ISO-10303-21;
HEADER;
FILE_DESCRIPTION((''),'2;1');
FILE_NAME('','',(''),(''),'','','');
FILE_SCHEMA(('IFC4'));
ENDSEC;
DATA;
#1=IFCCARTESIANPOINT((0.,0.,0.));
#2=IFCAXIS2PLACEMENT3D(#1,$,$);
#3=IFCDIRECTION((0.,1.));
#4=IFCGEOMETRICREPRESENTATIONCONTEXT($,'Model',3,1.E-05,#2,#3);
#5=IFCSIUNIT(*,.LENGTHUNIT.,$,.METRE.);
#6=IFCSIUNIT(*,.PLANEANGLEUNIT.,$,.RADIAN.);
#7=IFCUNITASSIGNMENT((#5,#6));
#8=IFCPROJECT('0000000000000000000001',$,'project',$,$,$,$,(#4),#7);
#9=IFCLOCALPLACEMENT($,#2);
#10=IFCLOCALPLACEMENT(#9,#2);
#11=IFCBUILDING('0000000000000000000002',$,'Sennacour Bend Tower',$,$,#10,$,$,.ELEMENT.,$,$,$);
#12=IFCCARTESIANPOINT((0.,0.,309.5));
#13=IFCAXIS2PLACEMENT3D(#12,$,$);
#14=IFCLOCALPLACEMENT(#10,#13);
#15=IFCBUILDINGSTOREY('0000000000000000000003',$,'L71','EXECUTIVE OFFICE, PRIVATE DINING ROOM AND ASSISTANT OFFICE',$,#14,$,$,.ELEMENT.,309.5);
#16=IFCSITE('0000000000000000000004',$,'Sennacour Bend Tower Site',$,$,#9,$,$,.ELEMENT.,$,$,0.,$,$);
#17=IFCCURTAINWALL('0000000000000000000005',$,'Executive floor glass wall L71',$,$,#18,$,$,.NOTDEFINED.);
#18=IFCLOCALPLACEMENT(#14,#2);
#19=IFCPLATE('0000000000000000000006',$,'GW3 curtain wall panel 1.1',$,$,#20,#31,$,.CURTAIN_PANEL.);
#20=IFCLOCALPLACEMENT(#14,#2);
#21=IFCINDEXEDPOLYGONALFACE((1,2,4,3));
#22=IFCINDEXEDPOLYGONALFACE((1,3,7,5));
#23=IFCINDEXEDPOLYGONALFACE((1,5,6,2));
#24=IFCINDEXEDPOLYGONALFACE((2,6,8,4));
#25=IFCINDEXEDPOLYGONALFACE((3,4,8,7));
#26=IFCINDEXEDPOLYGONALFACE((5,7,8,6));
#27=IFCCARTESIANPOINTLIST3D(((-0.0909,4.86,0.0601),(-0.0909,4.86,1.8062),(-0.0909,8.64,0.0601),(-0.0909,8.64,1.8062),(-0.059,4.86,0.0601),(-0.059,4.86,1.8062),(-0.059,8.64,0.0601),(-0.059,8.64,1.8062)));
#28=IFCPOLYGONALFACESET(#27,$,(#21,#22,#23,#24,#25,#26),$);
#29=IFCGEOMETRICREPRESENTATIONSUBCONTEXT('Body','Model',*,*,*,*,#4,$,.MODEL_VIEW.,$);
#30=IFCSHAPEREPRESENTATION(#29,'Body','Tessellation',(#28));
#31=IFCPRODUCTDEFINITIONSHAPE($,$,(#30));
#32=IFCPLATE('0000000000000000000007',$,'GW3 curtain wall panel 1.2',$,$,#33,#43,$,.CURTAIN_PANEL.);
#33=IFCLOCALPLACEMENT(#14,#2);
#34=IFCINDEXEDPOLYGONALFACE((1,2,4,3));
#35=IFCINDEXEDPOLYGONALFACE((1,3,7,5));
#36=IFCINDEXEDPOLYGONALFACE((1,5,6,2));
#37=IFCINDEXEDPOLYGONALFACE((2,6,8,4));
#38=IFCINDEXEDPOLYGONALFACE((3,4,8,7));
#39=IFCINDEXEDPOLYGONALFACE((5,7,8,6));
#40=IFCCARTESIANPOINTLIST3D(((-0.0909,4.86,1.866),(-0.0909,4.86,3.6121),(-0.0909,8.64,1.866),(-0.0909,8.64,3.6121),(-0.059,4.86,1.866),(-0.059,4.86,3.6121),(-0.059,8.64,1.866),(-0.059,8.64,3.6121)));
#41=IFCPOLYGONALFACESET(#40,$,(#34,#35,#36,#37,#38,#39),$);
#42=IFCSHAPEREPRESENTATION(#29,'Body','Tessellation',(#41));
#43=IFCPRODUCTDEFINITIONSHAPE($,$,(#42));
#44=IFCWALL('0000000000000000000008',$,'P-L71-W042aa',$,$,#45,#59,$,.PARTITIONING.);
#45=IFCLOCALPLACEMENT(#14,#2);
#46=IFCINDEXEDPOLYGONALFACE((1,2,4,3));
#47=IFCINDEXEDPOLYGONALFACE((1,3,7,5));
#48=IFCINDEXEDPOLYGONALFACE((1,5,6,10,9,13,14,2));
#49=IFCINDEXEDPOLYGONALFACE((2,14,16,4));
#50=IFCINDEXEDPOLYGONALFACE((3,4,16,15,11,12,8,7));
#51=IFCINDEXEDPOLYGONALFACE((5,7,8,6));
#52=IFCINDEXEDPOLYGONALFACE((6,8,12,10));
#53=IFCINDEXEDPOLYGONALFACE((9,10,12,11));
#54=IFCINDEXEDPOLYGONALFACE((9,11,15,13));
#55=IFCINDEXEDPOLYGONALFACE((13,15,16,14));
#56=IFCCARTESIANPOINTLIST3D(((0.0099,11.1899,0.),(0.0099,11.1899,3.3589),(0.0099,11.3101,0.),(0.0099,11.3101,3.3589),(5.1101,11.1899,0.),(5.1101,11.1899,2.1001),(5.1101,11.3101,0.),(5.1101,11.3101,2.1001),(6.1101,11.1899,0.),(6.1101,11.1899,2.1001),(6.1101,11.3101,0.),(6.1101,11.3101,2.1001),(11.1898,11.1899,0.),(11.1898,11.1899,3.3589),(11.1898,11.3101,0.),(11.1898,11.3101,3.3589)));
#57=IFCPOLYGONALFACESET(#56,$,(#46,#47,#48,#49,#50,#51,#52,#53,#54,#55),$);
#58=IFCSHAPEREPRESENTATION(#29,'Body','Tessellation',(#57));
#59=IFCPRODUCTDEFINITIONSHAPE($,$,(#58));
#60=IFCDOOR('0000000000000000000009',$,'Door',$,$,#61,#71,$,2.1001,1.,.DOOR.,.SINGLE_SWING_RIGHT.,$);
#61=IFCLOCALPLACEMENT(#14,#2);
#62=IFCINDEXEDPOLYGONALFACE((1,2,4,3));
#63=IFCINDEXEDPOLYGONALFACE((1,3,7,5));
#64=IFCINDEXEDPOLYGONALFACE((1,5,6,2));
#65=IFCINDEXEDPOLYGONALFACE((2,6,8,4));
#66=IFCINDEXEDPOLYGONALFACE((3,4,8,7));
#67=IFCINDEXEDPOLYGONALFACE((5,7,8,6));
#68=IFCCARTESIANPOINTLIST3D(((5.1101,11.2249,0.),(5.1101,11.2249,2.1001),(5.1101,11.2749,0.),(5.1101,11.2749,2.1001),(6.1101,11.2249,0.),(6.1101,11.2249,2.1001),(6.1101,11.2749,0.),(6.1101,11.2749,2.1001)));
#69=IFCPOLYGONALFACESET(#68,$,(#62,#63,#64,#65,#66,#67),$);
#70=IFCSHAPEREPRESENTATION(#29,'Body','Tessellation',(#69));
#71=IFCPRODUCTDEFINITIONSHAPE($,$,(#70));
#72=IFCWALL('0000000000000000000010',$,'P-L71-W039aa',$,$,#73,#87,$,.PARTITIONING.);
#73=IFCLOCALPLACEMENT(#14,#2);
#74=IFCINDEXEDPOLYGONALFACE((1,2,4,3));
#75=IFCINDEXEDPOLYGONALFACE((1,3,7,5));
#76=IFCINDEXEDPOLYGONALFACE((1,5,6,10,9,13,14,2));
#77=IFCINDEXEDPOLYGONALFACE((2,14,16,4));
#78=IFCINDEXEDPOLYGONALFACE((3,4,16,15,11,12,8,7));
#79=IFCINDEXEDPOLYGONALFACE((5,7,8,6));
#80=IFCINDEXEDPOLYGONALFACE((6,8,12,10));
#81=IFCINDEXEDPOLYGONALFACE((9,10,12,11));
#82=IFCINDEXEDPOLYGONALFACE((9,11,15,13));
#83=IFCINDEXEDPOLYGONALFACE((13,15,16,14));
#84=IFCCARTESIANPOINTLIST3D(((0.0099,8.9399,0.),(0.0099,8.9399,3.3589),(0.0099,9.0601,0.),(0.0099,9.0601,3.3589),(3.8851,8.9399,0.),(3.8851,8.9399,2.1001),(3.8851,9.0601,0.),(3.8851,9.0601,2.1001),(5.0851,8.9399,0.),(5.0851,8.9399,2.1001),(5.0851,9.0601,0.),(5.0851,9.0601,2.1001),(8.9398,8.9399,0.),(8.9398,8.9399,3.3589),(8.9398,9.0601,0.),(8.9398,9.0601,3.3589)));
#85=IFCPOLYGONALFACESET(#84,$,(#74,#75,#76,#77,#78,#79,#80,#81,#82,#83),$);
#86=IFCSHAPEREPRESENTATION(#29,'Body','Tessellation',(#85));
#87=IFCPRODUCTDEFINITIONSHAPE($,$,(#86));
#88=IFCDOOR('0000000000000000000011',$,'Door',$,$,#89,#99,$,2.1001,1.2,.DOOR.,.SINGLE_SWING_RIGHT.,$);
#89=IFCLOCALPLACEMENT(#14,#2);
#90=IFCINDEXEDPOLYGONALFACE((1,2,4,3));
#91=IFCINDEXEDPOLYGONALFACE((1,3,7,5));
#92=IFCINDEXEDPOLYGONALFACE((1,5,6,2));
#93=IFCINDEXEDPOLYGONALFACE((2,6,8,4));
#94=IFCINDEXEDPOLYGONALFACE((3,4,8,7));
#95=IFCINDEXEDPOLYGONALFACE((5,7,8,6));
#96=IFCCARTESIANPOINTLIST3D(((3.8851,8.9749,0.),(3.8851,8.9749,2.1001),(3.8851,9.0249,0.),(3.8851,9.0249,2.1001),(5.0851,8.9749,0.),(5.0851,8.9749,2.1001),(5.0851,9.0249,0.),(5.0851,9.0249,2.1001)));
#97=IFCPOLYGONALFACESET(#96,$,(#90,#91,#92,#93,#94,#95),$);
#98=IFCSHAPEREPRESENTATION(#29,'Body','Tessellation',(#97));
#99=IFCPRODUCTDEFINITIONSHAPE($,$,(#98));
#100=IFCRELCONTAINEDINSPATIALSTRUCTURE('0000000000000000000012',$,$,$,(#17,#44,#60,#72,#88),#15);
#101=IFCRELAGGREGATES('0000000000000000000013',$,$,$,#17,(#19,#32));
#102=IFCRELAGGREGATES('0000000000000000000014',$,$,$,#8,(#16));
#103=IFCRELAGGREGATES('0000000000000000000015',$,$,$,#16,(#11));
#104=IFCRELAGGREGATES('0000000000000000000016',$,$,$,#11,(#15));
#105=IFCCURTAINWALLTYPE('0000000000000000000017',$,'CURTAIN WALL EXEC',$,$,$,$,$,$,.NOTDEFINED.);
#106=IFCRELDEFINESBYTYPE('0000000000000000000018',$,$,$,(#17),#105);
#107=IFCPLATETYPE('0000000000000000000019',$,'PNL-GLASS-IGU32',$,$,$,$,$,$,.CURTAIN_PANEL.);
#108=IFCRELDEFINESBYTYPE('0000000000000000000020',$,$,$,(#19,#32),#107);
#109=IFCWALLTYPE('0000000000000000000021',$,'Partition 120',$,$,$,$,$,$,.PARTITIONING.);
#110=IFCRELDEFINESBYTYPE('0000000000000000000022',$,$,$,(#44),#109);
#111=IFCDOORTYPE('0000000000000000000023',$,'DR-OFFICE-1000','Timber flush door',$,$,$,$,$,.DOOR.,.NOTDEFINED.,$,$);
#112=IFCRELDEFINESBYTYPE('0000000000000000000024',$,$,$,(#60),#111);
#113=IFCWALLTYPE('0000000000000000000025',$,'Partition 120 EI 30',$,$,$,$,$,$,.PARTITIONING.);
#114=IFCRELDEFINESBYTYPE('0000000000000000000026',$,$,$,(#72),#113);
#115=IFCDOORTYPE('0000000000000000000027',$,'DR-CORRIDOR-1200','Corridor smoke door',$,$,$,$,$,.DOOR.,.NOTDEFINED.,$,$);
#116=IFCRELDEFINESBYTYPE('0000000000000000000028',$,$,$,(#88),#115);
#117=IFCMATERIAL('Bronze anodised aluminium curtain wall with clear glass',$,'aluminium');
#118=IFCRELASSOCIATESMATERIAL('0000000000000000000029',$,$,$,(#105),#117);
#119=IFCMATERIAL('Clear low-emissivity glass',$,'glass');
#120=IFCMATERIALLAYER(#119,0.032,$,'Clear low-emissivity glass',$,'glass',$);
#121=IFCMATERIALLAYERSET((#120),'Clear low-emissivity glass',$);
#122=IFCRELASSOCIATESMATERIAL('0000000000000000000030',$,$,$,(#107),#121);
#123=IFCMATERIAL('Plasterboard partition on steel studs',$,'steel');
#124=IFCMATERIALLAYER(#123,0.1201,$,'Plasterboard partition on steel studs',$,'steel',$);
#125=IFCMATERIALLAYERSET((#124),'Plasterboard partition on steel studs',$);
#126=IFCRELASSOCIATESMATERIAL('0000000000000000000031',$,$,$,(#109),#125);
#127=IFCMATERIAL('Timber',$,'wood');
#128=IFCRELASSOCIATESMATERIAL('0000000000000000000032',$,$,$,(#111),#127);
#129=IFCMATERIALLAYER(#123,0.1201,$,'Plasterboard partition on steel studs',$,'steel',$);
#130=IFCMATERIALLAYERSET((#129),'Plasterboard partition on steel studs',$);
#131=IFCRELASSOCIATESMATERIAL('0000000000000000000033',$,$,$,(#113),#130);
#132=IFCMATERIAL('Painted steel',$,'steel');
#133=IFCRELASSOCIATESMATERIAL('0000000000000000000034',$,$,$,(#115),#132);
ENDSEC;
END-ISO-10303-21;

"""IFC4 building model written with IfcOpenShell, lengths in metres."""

from ifc_helpers import new_model, si_unit, direction, frame, frame_2d, origin, origin_2d, place, context, subcontext, project, spatial, rectangle, extrude, material, layer, layer_set, type_object, element, fill, aggregate, save


model = new_model("IFC4")

# Units and contexts
model_context = context("Model", 3, precision=1e-05, world=origin(), true_north=direction((0.0, 1.0)))
body_context = subcontext(model_context, "Body", "Model", "MODEL_VIEW")
ifc_project = project(units=[si_unit("LENGTHUNIT", "METRE"), si_unit("PLANEANGLEUNIT", "RADIAN")], contexts=[model_context])

# Site, building, storey
site_placement = place(None, origin())
site = spatial("IfcSite", under=ifc_project, at=site_placement, Name="Sennacour Bend Tower Site", CompositionType="ELEMENT", RefElevation=0.0)
building_placement = place(site_placement, origin())
building = spatial("IfcBuilding", under=site, at=building_placement, Name="Sennacour Bend Tower", CompositionType="ELEMENT")
storey_placement = place(building_placement, frame((0.0, 0.0, 309.5)))
storey = spatial("IfcBuildingStorey", under=building, at=storey_placement, Name="L71", Description="EXECUTIVE OFFICE, PRIVATE DINING ROOM AND ASSISTANT OFFICE", CompositionType="ELEMENT", Elevation=309.5)

# Shared definitions
ifc_material_1 = material(Name="Bronze anodised aluminium curtain wall with clear glass", Category="aluminium")
curtain_wall_type = type_object("IfcCurtainWallType", Name="CURTAIN WALL EXEC", PredefinedType="NOTDEFINED", material=ifc_material_1)

# Curtain wall
curtain_wall_1_placement = place(storey_placement, origin())
curtain_wall_1 = element("IfcCurtainWall", 1, at=curtain_wall_1_placement, inside=storey, type_object=curtain_wall_type, Name="Executive floor glass wall L71", PredefinedType="NOTDEFINED")

# Plates
ifc_material_2 = material(Name="Clear low-emissivity glass", Category="glass")
ifc_layer_1 = layer(ifc_material_2, 0.032, Name="Clear low-emissivity glass", Category="glass")
ifc_layer_set_1 = layer_set([ifc_layer_1], Name="Clear low-emissivity glass")
plate_type = type_object("IfcPlateType", Name="PNL-GLASS-IGU32", PredefinedType="CURTAIN_PANEL", material=ifc_layer_set_1)
plate_1_placement = place(storey_placement, frame((-0.075, 6.75, 0.0601), z_axis=(0.0, 0.0, 1.0), x_axis=(0.0, -1.0, 0.0)))
plate_1 = element("IfcPlate", 2, at=plate_1_placement, type_object=plate_type, Name="GW3 curtain wall panel 1.1", PredefinedType="CURTAIN_PANEL", context=body_context, shape_type="SweptSolid", body=[
    extrude(rectangle(XDim=3.78, YDim=0.032, at=origin_2d()), origin(), (0.0, 0.0, 1.0), 1.7461),
])
plate_2_placement = place(storey_placement, frame((-0.075, 6.75, 1.866), z_axis=(0.0, 0.0, 1.0), x_axis=(0.0, -1.0, 0.0)))
plate_2 = element("IfcPlate", 3, at=plate_2_placement, type_object=plate_type, Name="GW3 curtain wall panel 1.2", PredefinedType="CURTAIN_PANEL", context=body_context, shape_type="SweptSolid", body=[
    extrude(rectangle(XDim=3.78, YDim=0.032, at=origin_2d()), origin(), (0.0, 0.0, 1.0), 1.7461),
])
aggregate(curtain_wall_1, [plate_1, plate_2])

# Walls, openings, doors
ifc_material_3 = material(Name="Plasterboard partition on steel studs", Category="steel")
ifc_layer_2 = layer(ifc_material_3, 0.1201, Name="Plasterboard partition on steel studs", Category="steel")
ifc_layer_set_2 = layer_set([ifc_layer_2], Name="Plasterboard partition on steel studs")
wall_type_1 = type_object("IfcWallType", Name="Partition 120", PredefinedType="PARTITIONING", material=ifc_layer_set_2)
wall_1_placement = place(storey_placement, frame((0.01, 11.25, 0.0), z_axis=(0.0, 0.0, 1.0), x_axis=(1.0, 0.0, 0.0)))
wall_1 = element("IfcWall", 4, at=wall_1_placement, inside=storey, type_object=wall_type_1, Name="P-L71-W042aa", PredefinedType="PARTITIONING", context=body_context, shape_type="SweptSolid", body=[
    extrude(rectangle(XDim=11.1799, YDim=0.1201, at=frame_2d((5.5898, 0.0))), origin(), (0.0, 0.0, 1.0), 3.3589),
])
opening_1_placement = place(wall_1_placement, frame((5.1001, 0.0, 0.0)))
opening_1 = element("IfcOpeningElement", 5, at=opening_1_placement, cuts=wall_1, PredefinedType="OPENING", context=body_context, shape_type="SweptSolid", body=[
    extrude(rectangle(XDim=1.0, YDim=2.1001, at=frame_2d((0.5, 1.05))), frame((0.0, 0.0701, 0.0), z_axis=(0.0, -1.0, 0.0), x_axis=(1.0, 0.0, 0.0)), (0.0, 0.0, 1.0), 0.1401),
])
ifc_material_4 = material(Name="Timber", Category="wood")
door_type_1 = type_object("IfcDoorType", Name="DR-OFFICE-1000", Description="Timber flush door", OperationType="NOTDEFINED", PredefinedType="DOOR", material=ifc_material_4)
door_1_placement = place(opening_1_placement, origin())
door_1 = element("IfcDoor", 6, at=door_1_placement, inside=storey, type_object=door_type_1, Name="Door", OperationType="SINGLE_SWING_RIGHT", OverallHeight=2.1001, OverallWidth=1.0, PredefinedType="DOOR", context=body_context, shape_type="SweptSolid", body=[
    extrude(rectangle(XDim=1.0, YDim=2.1001, at=frame_2d((0.5, 1.05))), frame((0.0, 0.0249, 0.0), z_axis=(0.0, -1.0, 0.0), x_axis=(1.0, 0.0, 0.0)), (0.0, 0.0, 1.0), 0.05),
])
fill(opening_1, door_1)
ifc_layer_3 = layer(ifc_material_3, 0.1201, Name="Plasterboard partition on steel studs", Category="steel")
ifc_layer_set_3 = layer_set([ifc_layer_3], Name="Plasterboard partition on steel studs")
wall_type_2 = type_object("IfcWallType", Name="Partition 120 EI 30", PredefinedType="PARTITIONING", material=ifc_layer_set_3)
wall_2_placement = place(storey_placement, frame((0.01, 9.0, 0.0), z_axis=(0.0, 0.0, 1.0), x_axis=(1.0, 0.0, 0.0)))
wall_2 = element("IfcWall", 7, at=wall_2_placement, inside=storey, type_object=wall_type_2, Name="P-L71-W039aa", PredefinedType="PARTITIONING", context=body_context, shape_type="SweptSolid", body=[
    extrude(rectangle(XDim=8.9299, YDim=0.1201, at=frame_2d((4.4648, 0.0))), origin(), (0.0, 0.0, 1.0), 3.3589),
])
opening_2_placement = place(wall_2_placement, frame((3.875, 0.0, 0.0)))
opening_2 = element("IfcOpeningElement", 8, at=opening_2_placement, cuts=wall_2, PredefinedType="OPENING", context=body_context, shape_type="SweptSolid", body=[
    extrude(rectangle(XDim=1.2, YDim=2.1001, at=frame_2d((0.6001, 1.05))), frame((0.0, 0.0701, 0.0), z_axis=(0.0, -1.0, 0.0), x_axis=(1.0, 0.0, 0.0)), (0.0, 0.0, 1.0), 0.1401),
])
ifc_material_5 = material(Name="Painted steel", Category="steel")
door_type_2 = type_object("IfcDoorType", Name="DR-CORRIDOR-1200", Description="Corridor smoke door", OperationType="NOTDEFINED", PredefinedType="DOOR", material=ifc_material_5)
door_2_placement = place(opening_2_placement, origin())
door_2 = element("IfcDoor", 9, at=door_2_placement, inside=storey, type_object=door_type_2, Name="Door", OperationType="SINGLE_SWING_RIGHT", OverallHeight=2.1001, OverallWidth=1.2, PredefinedType="DOOR", context=body_context, shape_type="SweptSolid", body=[
    extrude(rectangle(XDim=1.2, YDim=2.1001, at=frame_2d((0.6001, 1.05))), frame((0.0, 0.0249, 0.0), z_axis=(0.0, -1.0, 0.0), x_axis=(1.0, 0.0, 0.0)), (0.0, 0.0, 1.0), 0.05),
])
fill(opening_2, door_2)

save(model, "model.ifc")
